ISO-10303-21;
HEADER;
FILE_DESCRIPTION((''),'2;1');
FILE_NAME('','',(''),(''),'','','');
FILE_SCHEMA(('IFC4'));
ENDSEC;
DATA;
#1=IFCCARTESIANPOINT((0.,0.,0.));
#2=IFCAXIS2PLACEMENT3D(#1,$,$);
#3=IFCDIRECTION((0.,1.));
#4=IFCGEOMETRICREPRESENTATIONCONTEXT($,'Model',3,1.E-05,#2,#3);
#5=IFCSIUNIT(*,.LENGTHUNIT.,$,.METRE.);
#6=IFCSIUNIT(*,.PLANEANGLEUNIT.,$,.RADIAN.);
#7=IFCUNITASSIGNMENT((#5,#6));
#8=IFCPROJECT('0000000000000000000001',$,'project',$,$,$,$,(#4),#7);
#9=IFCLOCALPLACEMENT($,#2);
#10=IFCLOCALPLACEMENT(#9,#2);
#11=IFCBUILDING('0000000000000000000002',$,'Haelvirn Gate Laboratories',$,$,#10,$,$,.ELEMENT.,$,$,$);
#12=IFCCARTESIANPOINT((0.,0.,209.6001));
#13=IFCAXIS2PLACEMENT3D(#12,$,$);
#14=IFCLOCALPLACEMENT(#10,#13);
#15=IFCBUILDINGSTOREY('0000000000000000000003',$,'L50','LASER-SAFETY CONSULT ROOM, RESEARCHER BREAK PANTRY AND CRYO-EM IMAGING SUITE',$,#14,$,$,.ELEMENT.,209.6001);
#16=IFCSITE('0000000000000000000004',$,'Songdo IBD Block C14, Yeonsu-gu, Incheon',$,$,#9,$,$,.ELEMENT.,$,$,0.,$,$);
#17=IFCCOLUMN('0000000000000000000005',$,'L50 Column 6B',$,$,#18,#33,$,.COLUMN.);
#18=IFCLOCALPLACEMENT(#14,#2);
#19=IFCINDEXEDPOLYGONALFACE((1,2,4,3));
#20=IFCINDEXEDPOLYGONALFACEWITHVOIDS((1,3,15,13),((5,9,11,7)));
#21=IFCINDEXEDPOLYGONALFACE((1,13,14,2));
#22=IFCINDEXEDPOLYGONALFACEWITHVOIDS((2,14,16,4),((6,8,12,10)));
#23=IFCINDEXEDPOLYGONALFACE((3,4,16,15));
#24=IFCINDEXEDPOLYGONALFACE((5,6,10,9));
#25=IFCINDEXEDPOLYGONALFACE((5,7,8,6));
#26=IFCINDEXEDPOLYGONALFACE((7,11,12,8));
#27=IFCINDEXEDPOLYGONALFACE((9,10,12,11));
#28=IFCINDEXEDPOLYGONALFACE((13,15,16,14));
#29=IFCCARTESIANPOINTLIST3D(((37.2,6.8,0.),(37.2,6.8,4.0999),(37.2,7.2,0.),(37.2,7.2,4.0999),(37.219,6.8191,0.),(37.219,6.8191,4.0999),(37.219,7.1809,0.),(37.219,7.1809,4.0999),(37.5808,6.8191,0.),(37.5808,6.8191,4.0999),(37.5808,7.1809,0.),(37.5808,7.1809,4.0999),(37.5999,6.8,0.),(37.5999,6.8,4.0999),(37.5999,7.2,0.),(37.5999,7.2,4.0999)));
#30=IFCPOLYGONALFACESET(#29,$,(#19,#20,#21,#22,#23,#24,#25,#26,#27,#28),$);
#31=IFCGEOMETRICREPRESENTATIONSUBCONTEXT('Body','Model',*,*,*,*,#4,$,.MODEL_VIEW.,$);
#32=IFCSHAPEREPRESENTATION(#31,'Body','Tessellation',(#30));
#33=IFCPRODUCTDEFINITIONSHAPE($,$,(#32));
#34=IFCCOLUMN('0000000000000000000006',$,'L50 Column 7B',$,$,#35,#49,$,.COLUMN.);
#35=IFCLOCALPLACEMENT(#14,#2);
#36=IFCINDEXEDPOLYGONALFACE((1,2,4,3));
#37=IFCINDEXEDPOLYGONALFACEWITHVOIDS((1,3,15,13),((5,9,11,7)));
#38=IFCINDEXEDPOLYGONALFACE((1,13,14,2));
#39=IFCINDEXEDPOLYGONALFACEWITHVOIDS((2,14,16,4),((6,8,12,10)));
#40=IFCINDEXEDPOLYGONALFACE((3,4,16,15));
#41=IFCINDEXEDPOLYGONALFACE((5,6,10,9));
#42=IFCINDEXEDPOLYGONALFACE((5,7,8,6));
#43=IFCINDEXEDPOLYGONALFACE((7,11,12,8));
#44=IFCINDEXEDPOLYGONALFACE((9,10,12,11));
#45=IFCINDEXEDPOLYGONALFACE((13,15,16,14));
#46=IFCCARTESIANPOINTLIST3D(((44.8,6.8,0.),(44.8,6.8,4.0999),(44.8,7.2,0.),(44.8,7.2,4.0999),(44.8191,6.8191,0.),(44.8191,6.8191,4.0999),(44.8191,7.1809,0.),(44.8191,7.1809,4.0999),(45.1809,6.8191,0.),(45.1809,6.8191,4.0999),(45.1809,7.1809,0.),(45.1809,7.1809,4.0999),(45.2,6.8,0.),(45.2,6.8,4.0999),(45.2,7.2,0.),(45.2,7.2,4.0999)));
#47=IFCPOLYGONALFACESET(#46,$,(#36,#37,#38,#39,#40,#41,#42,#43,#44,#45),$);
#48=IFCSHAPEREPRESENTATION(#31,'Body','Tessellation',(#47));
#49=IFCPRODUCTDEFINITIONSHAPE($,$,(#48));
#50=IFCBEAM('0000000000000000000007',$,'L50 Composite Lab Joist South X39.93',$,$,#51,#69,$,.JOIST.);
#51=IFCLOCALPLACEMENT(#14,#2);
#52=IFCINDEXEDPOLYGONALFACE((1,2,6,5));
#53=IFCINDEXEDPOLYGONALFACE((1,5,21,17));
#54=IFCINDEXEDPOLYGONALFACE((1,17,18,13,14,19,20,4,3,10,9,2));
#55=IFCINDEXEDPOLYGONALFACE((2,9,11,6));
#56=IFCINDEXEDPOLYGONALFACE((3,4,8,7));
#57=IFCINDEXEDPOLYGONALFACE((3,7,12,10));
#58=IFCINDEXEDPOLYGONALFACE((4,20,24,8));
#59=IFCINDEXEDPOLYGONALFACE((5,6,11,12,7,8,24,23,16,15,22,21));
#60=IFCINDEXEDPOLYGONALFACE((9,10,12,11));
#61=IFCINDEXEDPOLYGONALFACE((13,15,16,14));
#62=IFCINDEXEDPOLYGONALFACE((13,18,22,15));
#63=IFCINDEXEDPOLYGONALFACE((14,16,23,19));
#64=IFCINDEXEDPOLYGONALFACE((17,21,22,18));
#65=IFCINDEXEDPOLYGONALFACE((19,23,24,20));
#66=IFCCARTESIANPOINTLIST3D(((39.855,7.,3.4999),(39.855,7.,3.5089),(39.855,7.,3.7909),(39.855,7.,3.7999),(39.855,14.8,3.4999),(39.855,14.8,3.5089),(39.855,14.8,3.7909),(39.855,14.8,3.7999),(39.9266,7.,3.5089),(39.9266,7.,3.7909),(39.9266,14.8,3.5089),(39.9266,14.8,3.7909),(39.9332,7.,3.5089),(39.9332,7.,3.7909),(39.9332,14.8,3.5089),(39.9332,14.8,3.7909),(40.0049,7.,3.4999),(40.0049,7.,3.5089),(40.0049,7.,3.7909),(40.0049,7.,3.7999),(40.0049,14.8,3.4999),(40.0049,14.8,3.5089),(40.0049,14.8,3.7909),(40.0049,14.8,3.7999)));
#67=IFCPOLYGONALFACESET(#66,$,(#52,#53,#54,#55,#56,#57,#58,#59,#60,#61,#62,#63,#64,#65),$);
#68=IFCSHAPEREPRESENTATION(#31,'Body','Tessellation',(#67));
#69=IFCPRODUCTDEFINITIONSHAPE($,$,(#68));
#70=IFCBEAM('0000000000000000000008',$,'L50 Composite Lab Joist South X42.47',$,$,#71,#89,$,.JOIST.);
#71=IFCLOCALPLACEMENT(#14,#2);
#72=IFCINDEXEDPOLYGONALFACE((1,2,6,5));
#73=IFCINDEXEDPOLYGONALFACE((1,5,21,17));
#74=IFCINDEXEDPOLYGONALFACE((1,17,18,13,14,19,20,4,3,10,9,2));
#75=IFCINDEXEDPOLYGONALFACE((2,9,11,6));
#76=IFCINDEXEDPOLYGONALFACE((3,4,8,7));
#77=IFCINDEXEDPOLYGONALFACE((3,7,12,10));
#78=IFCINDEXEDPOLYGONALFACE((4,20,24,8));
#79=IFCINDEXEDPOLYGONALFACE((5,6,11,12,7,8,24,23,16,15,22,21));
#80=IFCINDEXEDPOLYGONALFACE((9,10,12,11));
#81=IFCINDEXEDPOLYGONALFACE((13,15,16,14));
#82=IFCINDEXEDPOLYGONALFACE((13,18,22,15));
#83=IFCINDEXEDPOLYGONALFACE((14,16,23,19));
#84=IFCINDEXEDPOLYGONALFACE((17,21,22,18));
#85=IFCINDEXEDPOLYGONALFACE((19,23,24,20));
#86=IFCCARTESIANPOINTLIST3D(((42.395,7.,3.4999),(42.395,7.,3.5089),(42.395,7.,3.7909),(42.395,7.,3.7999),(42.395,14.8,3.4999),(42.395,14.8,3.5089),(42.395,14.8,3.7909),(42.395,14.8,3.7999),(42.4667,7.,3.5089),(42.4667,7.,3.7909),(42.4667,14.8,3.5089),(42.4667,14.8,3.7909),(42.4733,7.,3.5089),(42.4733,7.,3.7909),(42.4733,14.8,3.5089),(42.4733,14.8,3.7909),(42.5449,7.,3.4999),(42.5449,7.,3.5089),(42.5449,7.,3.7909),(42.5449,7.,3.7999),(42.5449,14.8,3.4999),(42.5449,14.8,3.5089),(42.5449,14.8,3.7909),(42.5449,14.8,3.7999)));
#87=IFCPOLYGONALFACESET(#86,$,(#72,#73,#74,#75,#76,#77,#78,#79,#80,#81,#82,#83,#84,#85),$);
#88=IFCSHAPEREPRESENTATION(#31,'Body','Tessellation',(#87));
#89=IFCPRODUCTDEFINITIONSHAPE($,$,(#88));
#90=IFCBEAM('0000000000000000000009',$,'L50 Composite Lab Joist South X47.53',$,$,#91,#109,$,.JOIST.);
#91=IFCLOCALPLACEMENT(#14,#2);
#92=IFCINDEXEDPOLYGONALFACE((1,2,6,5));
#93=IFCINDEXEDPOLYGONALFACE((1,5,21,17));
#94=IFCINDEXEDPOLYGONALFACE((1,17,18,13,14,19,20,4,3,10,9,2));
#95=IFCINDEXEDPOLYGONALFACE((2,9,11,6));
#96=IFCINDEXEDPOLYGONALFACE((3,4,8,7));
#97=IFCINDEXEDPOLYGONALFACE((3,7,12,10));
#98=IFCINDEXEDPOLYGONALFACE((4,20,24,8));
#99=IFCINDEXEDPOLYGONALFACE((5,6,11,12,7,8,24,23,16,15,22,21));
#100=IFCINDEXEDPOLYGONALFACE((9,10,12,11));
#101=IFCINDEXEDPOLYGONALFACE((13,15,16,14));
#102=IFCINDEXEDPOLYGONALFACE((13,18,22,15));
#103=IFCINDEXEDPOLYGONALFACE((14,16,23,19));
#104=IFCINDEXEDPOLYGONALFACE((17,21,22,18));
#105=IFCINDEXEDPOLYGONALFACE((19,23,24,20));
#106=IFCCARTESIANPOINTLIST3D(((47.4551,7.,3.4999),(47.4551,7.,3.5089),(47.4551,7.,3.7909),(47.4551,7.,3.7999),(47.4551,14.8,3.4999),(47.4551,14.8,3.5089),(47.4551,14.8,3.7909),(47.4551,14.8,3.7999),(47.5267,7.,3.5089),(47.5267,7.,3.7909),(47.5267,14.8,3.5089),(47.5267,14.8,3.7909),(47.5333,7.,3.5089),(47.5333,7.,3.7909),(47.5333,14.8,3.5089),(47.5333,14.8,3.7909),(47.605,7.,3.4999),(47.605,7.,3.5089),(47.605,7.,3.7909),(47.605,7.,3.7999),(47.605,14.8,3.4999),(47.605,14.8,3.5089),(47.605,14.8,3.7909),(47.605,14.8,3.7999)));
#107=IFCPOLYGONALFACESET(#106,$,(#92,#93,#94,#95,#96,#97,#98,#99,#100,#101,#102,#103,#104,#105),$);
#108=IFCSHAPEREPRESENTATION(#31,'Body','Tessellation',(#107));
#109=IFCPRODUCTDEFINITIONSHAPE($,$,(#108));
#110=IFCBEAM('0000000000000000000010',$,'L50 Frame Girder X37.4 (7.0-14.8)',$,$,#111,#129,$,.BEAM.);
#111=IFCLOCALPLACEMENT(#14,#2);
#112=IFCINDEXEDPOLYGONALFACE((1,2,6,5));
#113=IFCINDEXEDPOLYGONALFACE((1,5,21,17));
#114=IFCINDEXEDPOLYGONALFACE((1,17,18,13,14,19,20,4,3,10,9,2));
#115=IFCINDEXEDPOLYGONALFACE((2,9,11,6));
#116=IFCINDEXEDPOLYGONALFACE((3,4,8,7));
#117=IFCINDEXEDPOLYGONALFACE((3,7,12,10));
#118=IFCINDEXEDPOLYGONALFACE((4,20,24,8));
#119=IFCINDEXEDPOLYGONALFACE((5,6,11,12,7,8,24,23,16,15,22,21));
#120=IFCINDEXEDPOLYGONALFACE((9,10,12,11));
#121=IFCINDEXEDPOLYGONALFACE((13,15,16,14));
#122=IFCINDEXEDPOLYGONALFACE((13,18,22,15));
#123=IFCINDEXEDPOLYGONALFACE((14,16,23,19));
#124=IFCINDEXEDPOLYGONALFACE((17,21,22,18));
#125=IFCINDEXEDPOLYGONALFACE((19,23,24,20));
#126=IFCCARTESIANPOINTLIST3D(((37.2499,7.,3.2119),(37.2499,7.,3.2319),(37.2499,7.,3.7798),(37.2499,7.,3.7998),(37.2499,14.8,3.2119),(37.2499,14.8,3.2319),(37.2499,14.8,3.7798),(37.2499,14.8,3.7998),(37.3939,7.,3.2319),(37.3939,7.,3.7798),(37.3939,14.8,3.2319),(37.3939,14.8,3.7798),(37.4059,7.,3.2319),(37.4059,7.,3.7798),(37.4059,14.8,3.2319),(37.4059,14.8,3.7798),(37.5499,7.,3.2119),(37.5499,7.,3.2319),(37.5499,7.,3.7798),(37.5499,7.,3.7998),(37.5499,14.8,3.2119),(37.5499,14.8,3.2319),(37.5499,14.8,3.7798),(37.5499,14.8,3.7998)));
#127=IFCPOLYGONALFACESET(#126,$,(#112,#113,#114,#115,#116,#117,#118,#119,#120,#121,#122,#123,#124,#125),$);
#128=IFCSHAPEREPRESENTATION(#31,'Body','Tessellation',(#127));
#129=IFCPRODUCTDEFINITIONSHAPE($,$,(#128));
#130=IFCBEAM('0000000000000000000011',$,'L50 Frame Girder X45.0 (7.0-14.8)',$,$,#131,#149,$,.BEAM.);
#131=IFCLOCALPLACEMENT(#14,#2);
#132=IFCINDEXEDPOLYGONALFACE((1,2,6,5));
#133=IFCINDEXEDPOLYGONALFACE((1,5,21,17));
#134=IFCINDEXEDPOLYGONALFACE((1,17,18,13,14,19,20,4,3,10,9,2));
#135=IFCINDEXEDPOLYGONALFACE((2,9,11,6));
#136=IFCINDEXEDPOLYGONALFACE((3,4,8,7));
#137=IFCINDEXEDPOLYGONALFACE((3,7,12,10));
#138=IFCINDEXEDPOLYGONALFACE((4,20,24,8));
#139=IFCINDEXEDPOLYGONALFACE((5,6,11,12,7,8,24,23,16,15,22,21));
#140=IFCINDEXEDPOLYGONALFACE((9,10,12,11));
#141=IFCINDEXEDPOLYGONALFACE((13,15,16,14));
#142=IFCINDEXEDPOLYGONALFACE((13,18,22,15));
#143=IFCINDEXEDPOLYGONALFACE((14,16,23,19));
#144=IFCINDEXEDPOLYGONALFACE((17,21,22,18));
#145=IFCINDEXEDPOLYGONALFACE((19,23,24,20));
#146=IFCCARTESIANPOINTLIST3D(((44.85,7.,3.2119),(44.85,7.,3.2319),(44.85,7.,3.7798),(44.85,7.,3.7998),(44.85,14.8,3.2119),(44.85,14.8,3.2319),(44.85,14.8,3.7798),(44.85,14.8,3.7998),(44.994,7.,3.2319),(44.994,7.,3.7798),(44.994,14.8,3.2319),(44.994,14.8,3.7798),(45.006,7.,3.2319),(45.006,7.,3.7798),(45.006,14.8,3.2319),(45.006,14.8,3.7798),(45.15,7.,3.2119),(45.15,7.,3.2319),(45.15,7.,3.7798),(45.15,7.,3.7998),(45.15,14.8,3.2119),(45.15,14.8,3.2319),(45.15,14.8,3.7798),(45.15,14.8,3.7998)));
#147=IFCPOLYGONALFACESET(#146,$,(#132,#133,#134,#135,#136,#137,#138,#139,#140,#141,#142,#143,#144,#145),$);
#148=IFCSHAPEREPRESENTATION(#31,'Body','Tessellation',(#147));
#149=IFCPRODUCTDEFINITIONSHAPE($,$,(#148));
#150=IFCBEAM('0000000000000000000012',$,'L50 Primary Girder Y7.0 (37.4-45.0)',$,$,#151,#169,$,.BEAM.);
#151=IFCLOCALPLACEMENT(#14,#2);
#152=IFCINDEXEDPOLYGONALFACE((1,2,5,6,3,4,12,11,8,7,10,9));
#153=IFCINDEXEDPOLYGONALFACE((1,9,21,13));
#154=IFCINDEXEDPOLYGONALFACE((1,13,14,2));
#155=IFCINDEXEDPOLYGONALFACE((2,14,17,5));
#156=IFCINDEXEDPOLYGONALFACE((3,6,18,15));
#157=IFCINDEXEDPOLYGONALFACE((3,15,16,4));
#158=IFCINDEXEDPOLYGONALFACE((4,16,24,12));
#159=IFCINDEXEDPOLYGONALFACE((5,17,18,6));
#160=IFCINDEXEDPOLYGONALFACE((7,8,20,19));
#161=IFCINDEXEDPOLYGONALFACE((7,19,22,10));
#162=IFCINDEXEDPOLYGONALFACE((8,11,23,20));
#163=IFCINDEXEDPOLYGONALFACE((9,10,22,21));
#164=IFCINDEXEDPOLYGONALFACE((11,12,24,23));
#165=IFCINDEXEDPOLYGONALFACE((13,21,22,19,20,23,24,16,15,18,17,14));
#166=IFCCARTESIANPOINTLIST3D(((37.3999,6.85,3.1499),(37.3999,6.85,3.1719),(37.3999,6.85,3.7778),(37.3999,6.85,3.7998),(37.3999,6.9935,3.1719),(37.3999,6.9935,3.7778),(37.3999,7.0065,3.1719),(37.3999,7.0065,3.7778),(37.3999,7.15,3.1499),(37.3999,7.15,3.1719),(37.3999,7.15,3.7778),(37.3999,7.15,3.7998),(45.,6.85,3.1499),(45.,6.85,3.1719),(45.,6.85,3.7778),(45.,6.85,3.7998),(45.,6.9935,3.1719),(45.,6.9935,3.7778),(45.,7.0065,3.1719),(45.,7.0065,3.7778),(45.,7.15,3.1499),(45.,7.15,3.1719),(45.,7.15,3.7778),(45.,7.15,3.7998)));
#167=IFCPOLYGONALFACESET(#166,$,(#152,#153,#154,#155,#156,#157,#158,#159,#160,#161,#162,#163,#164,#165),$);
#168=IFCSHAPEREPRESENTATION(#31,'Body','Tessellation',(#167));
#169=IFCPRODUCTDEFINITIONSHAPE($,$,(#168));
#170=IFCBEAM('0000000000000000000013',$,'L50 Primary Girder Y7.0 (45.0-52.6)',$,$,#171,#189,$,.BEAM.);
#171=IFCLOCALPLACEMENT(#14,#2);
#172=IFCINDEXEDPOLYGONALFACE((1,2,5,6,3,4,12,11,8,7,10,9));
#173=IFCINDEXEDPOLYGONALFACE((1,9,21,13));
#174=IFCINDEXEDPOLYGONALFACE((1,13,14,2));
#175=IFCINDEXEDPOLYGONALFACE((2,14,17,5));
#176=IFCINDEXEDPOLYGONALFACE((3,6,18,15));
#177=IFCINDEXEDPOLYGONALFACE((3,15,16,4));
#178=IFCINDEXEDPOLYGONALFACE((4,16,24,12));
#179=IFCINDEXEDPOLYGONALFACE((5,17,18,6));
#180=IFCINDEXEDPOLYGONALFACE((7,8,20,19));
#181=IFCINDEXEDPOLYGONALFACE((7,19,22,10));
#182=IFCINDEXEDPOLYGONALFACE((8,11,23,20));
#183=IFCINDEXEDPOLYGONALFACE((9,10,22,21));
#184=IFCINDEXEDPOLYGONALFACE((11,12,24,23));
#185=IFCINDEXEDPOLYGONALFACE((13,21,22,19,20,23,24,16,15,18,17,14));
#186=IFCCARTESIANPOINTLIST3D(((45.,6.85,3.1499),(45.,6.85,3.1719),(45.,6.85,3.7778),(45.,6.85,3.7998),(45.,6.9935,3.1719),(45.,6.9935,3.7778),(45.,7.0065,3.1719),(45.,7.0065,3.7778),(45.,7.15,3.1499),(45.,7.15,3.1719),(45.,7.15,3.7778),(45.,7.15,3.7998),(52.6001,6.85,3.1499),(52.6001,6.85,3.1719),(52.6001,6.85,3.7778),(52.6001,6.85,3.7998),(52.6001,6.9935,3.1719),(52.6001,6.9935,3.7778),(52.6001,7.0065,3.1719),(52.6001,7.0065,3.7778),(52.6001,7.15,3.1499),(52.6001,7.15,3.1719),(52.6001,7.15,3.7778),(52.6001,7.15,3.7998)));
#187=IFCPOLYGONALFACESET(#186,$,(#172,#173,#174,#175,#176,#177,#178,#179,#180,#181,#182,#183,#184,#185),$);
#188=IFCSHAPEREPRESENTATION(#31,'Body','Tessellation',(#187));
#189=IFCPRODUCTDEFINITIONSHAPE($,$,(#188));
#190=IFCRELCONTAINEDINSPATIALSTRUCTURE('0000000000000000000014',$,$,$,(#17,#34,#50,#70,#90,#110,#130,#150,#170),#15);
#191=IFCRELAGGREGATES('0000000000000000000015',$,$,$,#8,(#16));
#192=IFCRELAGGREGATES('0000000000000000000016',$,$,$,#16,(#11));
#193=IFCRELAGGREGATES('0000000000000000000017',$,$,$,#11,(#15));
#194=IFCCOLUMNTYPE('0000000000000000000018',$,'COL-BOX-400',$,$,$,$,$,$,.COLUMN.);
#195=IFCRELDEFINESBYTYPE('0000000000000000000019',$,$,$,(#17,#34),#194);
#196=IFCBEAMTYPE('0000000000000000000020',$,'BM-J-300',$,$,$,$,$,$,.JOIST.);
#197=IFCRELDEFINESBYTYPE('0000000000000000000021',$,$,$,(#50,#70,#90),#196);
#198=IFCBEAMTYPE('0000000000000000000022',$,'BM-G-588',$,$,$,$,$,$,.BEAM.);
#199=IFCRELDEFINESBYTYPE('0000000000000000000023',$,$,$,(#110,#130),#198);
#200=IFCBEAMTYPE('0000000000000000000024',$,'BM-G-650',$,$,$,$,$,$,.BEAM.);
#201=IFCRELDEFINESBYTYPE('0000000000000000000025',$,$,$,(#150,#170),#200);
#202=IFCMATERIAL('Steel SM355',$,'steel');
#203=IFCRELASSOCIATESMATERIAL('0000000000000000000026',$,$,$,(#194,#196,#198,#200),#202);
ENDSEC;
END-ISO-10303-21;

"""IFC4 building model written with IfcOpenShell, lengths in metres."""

from ifc_helpers import new_model, si_unit, direction, frame, origin, origin_2d, place, context, subcontext, project, spatial, hollow_rectangle, i_section, extrude, source, transform, mapped, material, material_profile, profile_set, type_object, type_shapes, element, save


model = new_model("IFC4")

# Units and contexts
model_context = context("Model", 3, precision=1e-05, world=origin(), true_north=direction((0.0, 1.0)))
body_context = subcontext(model_context, "Body", "Model", "MODEL_VIEW")
ifc_project = project(units=[si_unit("LENGTHUNIT", "METRE"), si_unit("PLANEANGLEUNIT", "RADIAN")], contexts=[model_context])

# Site, building, storey
site_placement = place(None, origin())
site = spatial("IfcSite", under=ifc_project, at=site_placement, Name="Songdo IBD Block C14, Yeonsu-gu, Incheon", CompositionType="ELEMENT", RefElevation=0.0)
building_placement = place(site_placement, origin())
building = spatial("IfcBuilding", under=site, at=building_placement, Name="Haelvirn Gate Laboratories", CompositionType="ELEMENT")
storey_placement = place(building_placement, frame((0.0, 0.0, 209.6001)))
storey = spatial("IfcBuildingStorey", under=building, at=storey_placement, Name="L50", Description="LASER-SAFETY CONSULT ROOM, RESEARCHER BREAK PANTRY AND CRYO-EM IMAGING SUITE", CompositionType="ELEMENT", Elevation=209.6001)

# Columns
ifc_material_1 = material(Name="Steel SM355", Category="steel")
ifc_material_profile_1 = material_profile(ifc_material_1, hollow_rectangle(XDim=0.3999, YDim=0.3999, WallThickness=0.019, at=origin_2d()), Name="BOX-400x400x19")
ifc_profile_set_1 = profile_set([ifc_material_profile_1], Name="Steel SM355")
column_type = type_object("IfcColumnType", Name="COL-BOX-400", PredefinedType="COLUMN", material=ifc_profile_set_1)
shared_shape_1 = source(origin(), body_context, "Body", "SweptSolid", [
    extrude(hollow_rectangle(XDim=0.3999, YDim=0.3999, WallThickness=0.019, at=origin_2d()), origin(), (0.0, 0.0, 1.0), 4.0999),
])
type_shapes(column_type, [shared_shape_1])
for number, where, z_axis, x_axis, name in (
    (1, (37.3999, 7.0, 0.0), (0.0, 0.0, 1.0), (1.0, 0.0, 0.0), "L50 Column 6B"),
    (2, (45.0, 7.0, 0.0), (0.0, 0.0, 1.0), (1.0, 0.0, 0.0), "L50 Column 7B"),
):
    element("IfcColumn", number, at=place(storey_placement, frame(where, z_axis=z_axis, x_axis=x_axis)), inside=storey, type_object=column_type, Name=name, PredefinedType="COLUMN", context=body_context, shape_type="MappedRepresentation", body=[
        mapped(shared_shape_1, transform((0.0, 0.0, 0.0), scale=1.0)),
    ])

# Beams
ifc_material_profile_2 = material_profile(ifc_material_1, i_section(OverallWidth=0.1499, OverallDepth=0.3, WebThickness=0.0066, FlangeThickness=0.009, at=origin_2d()), Name="H-300x150x6.5x9")
ifc_profile_set_2 = profile_set([ifc_material_profile_2], Name="Steel SM355")
beam_type_1 = type_object("IfcBeamType", Name="BM-J-300", PredefinedType="JOIST", material=ifc_profile_set_2)
shared_shape_2 = source(origin(), body_context, "Body", "SweptSolid", [
    extrude(i_section(OverallWidth=0.1499, OverallDepth=0.3, WebThickness=0.0066, FlangeThickness=0.009, at=origin_2d()), origin(), (0.0, 0.0, 1.0), 7.8),
])
type_shapes(beam_type_1, [shared_shape_2])
for number, where, z_axis, x_axis, name in (
    (3, (39.9299, 7.0, 3.6499), (0.0, 1.0, 0.0), (-1.0, 0.0, 0.0), "L50 Composite Lab Joist South X39.93"),
    (4, (42.47, 7.0, 3.6499), (0.0, 1.0, 0.0), (-1.0, 0.0, 0.0), "L50 Composite Lab Joist South X42.47"),
    (5, (47.53, 7.0, 3.6499), (0.0, 1.0, 0.0), (-1.0, 0.0, 0.0), "L50 Composite Lab Joist South X47.53"),
):
    element("IfcBeam", number, at=place(storey_placement, frame(where, z_axis=z_axis, x_axis=x_axis)), inside=storey, type_object=beam_type_1, Name=name, PredefinedType="JOIST", context=body_context, shape_type="MappedRepresentation", body=[
        mapped(shared_shape_2, transform((0.0, 0.0, 0.0), scale=1.0)),
    ])
ifc_material_profile_3 = material_profile(ifc_material_1, i_section(OverallWidth=0.3, OverallDepth=0.5879, WebThickness=0.012, FlangeThickness=0.02, at=origin_2d()), Name="H-588x300x12x20")
ifc_profile_set_3 = profile_set([ifc_material_profile_3], Name="Steel SM355")
beam_type_2 = type_object("IfcBeamType", Name="BM-G-588", PredefinedType="BEAM", material=ifc_profile_set_3)
shared_shape_3 = source(origin(), body_context, "Body", "SweptSolid", [
    extrude(i_section(OverallWidth=0.3, OverallDepth=0.5879, WebThickness=0.012, FlangeThickness=0.02, at=origin_2d()), origin(), (0.0, 0.0, 1.0), 7.8),
])
type_shapes(beam_type_2, [shared_shape_3])
for number, where, z_axis, x_axis, name in (
    (6, (37.3999, 7.0, 3.5059), (0.0, 1.0, 0.0), (-1.0, 0.0, 0.0), "L50 Frame Girder X37.4 (7.0-14.8)"),
    (7, (45.0, 7.0, 3.5059), (0.0, 1.0, 0.0), (-1.0, 0.0, 0.0), "L50 Frame Girder X45.0 (7.0-14.8)"),
):
    element("IfcBeam", number, at=place(storey_placement, frame(where, z_axis=z_axis, x_axis=x_axis)), inside=storey, type_object=beam_type_2, Name=name, PredefinedType="BEAM", context=body_context, shape_type="MappedRepresentation", body=[
        mapped(shared_shape_3, transform((0.0, 0.0, 0.0), scale=1.0)),
    ])
ifc_material_profile_4 = material_profile(ifc_material_1, i_section(OverallWidth=0.3, OverallDepth=0.6499, WebThickness=0.0129, FlangeThickness=0.022, at=origin_2d()), Name="H-650x300x13x22")
ifc_profile_set_4 = profile_set([ifc_material_profile_4], Name="Steel SM355")
beam_type_3 = type_object("IfcBeamType", Name="BM-G-650", PredefinedType="BEAM", material=ifc_profile_set_4)
shared_shape_4 = source(origin(), body_context, "Body", "SweptSolid", [
    extrude(i_section(OverallWidth=0.3, OverallDepth=0.6499, WebThickness=0.0129, FlangeThickness=0.022, at=origin_2d()), origin(), (0.0, 0.0, 1.0), 7.6001),
])
type_shapes(beam_type_3, [shared_shape_4])
for number, where, z_axis, x_axis, name in (
    (8, (37.3999, 7.0, 3.4749), (1.0, 0.0, 0.0), (0.0, 1.0, 0.0), "L50 Primary Girder Y7.0 (37.4-45.0)"),
    (9, (45.0, 7.0, 3.4749), (1.0, 0.0, 0.0), (0.0, 1.0, 0.0), "L50 Primary Girder Y7.0 (45.0-52.6)"),
):
    element("IfcBeam", number, at=place(storey_placement, frame(where, z_axis=z_axis, x_axis=x_axis)), inside=storey, type_object=beam_type_3, Name=name, PredefinedType="BEAM", context=body_context, shape_type="MappedRepresentation", body=[
        mapped(shared_shape_4, transform((0.0, 0.0, 0.0), scale=1.0)),
    ])

save(model, "model.ifc")
